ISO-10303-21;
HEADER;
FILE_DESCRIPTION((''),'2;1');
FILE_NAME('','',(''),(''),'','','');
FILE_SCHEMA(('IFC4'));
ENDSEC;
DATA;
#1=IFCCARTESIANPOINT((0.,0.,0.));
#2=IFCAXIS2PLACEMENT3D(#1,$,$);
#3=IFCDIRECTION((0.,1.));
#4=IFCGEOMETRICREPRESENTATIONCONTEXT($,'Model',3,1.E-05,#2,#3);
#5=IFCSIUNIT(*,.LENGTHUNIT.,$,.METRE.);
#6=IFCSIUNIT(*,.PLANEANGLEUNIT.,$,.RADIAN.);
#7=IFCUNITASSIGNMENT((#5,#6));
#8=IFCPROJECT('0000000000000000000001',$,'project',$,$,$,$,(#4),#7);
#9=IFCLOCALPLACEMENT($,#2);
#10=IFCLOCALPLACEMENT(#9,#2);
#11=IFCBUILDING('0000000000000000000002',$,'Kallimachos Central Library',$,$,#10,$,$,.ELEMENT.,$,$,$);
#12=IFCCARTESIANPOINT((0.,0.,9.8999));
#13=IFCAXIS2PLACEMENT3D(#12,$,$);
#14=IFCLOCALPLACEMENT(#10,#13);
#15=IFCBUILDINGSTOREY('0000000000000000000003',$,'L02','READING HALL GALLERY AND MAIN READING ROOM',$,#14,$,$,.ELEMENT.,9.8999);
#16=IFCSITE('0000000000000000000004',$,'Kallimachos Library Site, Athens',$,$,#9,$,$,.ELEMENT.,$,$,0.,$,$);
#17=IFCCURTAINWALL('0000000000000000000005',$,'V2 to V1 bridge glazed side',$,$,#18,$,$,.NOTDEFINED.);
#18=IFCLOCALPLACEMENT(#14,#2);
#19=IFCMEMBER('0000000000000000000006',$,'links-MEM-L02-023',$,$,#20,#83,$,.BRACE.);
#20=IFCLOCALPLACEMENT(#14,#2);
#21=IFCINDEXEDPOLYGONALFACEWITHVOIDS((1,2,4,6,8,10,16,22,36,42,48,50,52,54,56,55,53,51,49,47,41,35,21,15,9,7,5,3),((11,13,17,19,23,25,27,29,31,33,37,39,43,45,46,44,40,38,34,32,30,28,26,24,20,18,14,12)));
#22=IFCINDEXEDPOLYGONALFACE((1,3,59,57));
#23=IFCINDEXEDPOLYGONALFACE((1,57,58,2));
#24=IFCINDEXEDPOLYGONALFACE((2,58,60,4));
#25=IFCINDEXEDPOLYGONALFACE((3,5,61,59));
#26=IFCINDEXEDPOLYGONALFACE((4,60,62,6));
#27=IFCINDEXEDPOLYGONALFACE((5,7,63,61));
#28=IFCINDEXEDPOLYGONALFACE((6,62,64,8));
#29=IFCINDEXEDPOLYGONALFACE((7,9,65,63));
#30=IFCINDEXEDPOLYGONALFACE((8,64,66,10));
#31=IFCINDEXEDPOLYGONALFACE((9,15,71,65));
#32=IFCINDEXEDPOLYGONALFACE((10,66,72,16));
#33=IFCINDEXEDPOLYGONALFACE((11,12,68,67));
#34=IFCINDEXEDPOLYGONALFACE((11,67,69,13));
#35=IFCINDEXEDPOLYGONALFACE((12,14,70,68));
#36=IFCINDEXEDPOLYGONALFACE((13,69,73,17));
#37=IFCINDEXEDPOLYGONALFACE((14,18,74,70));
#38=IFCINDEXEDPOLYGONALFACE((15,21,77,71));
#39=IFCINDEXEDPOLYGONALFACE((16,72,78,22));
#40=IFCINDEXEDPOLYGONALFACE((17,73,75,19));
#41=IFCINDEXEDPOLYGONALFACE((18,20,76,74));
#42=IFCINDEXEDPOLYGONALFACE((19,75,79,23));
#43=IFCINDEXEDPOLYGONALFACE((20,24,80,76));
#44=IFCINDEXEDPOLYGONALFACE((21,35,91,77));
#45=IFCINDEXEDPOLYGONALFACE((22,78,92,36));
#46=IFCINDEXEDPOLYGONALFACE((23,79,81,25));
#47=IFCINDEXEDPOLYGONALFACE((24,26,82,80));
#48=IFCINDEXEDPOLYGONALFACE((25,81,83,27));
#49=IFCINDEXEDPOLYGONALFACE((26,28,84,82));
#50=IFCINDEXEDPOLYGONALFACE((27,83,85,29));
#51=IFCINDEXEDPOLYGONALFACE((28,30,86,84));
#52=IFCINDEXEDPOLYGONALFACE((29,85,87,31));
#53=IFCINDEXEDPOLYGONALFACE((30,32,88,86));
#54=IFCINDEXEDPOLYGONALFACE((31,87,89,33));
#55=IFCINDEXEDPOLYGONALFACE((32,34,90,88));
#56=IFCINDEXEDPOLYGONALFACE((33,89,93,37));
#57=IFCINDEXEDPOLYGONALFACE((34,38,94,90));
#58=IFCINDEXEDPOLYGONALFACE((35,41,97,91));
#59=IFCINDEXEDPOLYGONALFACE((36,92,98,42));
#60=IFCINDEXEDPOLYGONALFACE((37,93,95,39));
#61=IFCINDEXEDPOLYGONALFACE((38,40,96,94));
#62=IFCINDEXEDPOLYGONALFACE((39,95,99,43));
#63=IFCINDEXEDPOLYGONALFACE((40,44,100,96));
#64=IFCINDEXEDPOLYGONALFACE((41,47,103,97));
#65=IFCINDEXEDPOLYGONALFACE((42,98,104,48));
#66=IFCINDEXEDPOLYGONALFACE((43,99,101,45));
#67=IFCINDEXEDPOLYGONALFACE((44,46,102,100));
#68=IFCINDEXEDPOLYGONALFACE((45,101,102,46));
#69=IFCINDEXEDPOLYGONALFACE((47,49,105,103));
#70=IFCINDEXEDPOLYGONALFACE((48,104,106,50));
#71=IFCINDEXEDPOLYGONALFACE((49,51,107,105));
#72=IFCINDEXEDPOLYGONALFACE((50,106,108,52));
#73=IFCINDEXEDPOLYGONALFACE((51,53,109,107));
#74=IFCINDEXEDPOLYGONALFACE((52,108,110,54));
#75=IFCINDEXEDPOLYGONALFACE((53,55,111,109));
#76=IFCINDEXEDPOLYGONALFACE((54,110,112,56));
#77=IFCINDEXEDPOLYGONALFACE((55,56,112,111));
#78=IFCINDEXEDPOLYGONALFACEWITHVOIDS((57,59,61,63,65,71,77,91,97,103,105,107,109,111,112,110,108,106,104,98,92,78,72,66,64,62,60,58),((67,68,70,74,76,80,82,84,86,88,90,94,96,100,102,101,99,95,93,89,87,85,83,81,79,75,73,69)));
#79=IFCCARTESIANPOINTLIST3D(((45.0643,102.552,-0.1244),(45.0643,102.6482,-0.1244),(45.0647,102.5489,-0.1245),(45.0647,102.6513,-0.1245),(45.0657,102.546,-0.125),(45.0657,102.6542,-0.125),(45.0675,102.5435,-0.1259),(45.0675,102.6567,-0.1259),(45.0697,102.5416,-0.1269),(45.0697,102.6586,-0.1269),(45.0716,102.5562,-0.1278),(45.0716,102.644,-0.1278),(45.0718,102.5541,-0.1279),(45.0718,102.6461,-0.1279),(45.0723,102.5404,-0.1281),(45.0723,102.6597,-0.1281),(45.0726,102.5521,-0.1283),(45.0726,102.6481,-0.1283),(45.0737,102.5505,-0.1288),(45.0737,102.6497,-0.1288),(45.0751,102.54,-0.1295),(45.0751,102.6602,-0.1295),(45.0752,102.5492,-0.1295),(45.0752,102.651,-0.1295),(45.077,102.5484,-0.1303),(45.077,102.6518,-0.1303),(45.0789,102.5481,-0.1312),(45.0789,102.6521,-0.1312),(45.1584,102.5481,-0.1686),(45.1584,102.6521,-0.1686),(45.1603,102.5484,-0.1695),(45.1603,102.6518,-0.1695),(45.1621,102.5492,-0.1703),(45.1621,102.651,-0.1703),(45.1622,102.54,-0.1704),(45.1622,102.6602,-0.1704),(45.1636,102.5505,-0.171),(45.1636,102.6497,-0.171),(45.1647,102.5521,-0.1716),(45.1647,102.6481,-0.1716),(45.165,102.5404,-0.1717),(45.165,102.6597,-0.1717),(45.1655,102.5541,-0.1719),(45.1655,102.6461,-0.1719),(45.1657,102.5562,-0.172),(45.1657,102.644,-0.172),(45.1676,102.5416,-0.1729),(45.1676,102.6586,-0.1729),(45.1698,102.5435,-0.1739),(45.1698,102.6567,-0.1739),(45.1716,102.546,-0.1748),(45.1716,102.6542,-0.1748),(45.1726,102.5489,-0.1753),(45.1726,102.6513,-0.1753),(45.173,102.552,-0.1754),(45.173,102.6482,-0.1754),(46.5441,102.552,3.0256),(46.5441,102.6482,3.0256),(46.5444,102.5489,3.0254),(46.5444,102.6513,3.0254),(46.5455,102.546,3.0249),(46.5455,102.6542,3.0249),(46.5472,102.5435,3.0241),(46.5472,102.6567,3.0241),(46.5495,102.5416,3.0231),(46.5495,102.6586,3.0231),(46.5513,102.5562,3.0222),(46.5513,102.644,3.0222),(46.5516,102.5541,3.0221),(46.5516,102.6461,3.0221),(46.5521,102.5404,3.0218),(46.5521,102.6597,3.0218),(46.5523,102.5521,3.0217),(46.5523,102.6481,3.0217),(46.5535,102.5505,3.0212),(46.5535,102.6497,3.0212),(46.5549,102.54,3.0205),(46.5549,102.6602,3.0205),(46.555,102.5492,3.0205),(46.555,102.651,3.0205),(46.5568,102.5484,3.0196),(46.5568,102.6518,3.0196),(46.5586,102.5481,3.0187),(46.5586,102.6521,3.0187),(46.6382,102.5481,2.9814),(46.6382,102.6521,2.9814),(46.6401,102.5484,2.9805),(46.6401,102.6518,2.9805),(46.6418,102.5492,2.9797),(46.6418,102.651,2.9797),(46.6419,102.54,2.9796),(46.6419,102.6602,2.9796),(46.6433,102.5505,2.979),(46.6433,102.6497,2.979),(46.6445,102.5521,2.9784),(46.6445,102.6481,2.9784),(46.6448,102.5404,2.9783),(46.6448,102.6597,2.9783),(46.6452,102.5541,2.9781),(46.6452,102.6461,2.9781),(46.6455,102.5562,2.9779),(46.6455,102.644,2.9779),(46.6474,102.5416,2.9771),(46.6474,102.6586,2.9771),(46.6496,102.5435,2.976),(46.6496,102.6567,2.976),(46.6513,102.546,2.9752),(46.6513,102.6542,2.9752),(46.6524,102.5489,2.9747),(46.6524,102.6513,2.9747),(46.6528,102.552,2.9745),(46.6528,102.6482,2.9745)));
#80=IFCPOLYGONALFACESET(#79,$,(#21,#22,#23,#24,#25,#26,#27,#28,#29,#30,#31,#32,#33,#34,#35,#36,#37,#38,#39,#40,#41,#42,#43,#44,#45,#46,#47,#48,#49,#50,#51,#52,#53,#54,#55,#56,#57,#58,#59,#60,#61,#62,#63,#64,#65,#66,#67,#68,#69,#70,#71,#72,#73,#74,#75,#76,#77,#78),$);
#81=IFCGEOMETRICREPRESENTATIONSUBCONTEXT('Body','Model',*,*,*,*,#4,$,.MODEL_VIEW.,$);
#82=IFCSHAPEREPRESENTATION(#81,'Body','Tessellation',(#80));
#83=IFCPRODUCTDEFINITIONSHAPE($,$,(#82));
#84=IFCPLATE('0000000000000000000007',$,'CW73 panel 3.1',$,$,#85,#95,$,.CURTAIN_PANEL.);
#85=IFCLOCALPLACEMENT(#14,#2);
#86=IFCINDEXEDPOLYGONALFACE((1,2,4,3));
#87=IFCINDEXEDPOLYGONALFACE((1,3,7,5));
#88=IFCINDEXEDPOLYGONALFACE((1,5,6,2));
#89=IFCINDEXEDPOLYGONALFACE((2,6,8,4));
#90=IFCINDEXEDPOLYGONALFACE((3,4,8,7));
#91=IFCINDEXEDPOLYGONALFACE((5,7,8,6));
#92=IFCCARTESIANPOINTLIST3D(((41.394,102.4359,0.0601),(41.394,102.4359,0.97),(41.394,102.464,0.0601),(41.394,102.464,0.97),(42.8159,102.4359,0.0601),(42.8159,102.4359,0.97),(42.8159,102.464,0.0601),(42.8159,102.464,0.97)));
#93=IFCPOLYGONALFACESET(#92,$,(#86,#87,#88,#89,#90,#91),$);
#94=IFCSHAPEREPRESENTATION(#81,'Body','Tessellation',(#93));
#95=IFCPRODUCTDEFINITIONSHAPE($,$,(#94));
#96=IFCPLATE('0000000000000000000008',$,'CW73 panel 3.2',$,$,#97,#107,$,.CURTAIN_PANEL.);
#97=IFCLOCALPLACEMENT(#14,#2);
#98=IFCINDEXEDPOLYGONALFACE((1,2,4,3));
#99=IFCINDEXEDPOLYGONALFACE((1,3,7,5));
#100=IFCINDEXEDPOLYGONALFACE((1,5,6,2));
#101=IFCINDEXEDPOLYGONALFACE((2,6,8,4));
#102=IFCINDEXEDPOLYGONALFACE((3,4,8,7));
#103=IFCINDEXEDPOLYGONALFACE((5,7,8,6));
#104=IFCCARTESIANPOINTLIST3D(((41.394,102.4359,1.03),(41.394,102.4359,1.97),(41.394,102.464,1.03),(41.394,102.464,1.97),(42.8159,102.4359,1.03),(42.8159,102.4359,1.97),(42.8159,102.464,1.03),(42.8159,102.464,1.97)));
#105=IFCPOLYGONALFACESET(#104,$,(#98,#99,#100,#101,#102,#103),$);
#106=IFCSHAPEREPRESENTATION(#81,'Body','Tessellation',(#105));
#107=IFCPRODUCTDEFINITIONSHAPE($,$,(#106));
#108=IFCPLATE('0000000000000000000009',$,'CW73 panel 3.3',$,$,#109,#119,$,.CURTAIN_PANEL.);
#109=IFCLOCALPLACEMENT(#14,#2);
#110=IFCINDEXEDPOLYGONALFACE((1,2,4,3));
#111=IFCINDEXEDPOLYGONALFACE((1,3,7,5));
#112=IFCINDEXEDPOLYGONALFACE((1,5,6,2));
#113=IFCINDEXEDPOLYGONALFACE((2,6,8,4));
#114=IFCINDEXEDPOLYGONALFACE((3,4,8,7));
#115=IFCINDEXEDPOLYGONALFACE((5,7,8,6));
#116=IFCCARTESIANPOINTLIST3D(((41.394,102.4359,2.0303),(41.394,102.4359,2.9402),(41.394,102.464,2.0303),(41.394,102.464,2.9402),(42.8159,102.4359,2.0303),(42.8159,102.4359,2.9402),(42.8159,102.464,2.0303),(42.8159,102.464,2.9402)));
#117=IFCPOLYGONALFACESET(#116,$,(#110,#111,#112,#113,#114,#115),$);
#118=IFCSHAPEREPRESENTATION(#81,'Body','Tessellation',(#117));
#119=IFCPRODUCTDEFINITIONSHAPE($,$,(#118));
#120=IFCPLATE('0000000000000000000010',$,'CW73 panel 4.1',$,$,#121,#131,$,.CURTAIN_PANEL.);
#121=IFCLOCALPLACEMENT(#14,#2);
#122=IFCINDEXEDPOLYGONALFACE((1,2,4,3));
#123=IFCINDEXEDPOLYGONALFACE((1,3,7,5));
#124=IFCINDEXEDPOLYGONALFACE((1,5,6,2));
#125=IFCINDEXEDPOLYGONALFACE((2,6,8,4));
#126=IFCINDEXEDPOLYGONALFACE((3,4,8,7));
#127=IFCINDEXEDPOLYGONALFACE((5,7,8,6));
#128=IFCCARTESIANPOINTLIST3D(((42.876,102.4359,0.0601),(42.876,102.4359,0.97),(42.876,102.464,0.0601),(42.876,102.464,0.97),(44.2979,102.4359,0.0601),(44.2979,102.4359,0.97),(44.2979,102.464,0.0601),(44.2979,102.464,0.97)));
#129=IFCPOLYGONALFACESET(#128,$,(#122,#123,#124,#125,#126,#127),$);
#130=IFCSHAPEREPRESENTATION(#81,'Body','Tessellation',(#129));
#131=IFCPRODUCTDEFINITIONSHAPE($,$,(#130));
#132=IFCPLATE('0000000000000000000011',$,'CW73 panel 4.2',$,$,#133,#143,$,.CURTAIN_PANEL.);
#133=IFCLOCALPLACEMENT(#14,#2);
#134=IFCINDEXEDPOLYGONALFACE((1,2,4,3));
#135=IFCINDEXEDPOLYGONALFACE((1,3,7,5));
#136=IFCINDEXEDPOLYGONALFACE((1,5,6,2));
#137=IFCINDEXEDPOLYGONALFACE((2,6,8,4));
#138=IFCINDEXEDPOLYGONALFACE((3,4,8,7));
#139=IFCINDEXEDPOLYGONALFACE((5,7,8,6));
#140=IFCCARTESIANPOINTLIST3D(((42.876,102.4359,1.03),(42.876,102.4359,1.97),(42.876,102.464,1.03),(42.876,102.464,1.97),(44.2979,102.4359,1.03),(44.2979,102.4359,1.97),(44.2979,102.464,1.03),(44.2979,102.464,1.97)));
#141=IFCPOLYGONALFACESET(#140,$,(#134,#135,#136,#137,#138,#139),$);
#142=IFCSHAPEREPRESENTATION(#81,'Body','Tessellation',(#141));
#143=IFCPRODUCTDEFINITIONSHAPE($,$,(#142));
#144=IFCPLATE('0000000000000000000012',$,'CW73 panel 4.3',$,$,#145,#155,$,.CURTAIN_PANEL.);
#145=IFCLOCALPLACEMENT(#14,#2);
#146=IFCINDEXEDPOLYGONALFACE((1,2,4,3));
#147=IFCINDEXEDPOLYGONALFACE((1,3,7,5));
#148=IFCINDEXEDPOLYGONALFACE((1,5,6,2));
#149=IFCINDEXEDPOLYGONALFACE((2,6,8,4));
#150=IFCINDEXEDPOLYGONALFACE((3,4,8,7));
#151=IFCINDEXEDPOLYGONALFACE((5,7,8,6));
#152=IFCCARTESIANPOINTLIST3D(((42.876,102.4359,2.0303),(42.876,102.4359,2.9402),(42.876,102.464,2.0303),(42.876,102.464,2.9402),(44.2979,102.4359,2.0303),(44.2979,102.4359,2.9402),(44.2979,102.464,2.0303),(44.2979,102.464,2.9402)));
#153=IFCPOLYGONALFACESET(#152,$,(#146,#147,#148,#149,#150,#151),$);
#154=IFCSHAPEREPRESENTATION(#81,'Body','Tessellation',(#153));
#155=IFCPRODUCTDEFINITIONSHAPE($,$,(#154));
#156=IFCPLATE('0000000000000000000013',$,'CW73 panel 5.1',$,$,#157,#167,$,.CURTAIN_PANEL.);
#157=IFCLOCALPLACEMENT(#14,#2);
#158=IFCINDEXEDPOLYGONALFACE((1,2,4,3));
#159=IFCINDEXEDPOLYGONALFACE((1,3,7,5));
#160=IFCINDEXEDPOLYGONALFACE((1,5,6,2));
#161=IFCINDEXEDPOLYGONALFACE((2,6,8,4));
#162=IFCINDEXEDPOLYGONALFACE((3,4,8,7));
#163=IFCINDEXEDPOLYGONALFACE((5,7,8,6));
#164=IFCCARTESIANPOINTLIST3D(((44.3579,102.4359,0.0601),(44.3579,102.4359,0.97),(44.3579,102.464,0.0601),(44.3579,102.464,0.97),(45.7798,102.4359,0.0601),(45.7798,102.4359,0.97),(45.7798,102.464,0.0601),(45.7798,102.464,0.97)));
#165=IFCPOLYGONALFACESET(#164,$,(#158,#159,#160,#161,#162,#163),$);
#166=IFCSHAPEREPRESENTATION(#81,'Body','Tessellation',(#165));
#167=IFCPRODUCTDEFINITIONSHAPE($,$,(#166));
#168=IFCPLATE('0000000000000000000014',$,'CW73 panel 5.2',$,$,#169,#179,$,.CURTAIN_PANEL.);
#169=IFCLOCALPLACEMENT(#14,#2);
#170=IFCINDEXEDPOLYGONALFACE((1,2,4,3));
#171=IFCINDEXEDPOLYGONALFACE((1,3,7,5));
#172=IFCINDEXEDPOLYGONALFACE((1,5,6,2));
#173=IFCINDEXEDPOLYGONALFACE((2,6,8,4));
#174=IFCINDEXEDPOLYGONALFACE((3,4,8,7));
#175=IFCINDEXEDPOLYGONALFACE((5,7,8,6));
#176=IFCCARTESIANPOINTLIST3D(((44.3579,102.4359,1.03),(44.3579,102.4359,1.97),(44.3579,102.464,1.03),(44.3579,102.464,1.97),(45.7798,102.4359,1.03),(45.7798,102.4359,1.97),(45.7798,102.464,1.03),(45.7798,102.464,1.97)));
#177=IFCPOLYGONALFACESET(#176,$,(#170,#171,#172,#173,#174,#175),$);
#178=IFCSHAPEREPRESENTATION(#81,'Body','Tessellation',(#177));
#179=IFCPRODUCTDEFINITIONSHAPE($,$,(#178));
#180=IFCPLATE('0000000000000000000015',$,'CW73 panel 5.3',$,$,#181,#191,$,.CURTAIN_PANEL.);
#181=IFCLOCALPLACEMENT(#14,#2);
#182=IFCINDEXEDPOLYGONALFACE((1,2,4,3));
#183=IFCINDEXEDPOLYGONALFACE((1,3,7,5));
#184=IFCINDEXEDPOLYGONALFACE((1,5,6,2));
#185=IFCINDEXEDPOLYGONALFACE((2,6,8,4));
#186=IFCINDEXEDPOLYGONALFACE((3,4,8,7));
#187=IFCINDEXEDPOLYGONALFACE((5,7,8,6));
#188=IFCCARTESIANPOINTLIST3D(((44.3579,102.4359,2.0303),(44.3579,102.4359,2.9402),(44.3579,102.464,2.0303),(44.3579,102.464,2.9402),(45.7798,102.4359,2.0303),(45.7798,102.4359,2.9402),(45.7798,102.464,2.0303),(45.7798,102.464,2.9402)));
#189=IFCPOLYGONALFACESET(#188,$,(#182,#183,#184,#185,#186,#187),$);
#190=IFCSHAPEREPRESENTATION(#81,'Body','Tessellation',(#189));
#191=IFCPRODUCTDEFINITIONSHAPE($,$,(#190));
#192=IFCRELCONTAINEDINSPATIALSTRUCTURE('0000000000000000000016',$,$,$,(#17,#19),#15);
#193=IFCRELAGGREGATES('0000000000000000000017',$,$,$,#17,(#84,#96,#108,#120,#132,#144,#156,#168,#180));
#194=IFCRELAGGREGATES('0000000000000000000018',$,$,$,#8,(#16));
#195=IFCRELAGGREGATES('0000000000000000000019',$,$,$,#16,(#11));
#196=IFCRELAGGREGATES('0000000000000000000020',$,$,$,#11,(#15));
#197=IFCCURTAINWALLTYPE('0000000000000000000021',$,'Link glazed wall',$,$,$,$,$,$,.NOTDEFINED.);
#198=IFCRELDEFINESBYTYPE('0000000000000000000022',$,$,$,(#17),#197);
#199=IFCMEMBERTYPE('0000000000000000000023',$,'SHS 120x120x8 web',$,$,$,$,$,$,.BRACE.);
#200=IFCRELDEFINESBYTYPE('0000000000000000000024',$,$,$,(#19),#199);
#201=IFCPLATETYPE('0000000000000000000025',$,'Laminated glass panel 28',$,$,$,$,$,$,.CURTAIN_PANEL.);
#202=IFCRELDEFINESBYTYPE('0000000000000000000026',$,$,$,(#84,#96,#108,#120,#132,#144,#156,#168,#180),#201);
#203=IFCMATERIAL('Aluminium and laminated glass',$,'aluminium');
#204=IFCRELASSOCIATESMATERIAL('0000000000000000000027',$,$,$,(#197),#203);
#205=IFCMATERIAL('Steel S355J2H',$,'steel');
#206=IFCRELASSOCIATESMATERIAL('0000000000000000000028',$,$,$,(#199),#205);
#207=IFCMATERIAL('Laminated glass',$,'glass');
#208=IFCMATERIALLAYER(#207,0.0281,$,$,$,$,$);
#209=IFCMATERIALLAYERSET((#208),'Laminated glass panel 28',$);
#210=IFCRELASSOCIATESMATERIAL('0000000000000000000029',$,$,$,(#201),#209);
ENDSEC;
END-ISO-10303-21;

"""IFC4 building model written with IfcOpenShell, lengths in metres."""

from ifc_helpers import new_model, si_unit, direction, frame, origin, origin_2d, place, context, subcontext, project, spatial, rectangle, hollow_rectangle, extrude, material, layer, layer_set, material_profile, profile_set, type_object, element, aggregate, save


model = new_model("IFC4")

# Units and contexts
model_context = context("Model", 3, precision=1e-05, world=origin(), true_north=direction((0.0, 1.0)))
body_context = subcontext(model_context, "Body", "Model", "MODEL_VIEW")
ifc_project = project(units=[si_unit("LENGTHUNIT", "METRE"), si_unit("PLANEANGLEUNIT", "RADIAN")], contexts=[model_context])

# Site, building, storey
site_placement = place(None, origin())
site = spatial("IfcSite", under=ifc_project, at=site_placement, Name="Kallimachos Library Site, Athens", CompositionType="ELEMENT", RefElevation=0.0)
building_placement = place(site_placement, origin())
building = spatial("IfcBuilding", under=site, at=building_placement, Name="Kallimachos Central Library", CompositionType="ELEMENT")
storey_placement = place(building_placement, frame((0.0, 0.0, 9.8999)))
storey = spatial("IfcBuildingStorey", under=building, at=storey_placement, Name="L02", Description="READING HALL GALLERY AND MAIN READING ROOM", CompositionType="ELEMENT", Elevation=9.8999)

# Curtain wall
ifc_material_1 = material(Name="Aluminium and laminated glass", Category="aluminium")
curtain_wall_type = type_object("IfcCurtainWallType", Name="Link glazed wall", PredefinedType="NOTDEFINED", material=ifc_material_1)
curtain_wall_1_placement = place(storey_placement, origin())
curtain_wall_1 = element("IfcCurtainWall", 1, at=curtain_wall_1_placement, inside=storey, type_object=curtain_wall_type, Name="V2 to V1 bridge glazed side", PredefinedType="NOTDEFINED")

# Member
ifc_material_2 = material(Name="Steel S355J2H", Category="steel")
ifc_material_profile_1 = material_profile(ifc_material_2, hollow_rectangle(XDim=0.1201, YDim=0.1201, WallThickness=0.0081, InnerFilletRadius=0.0081, OuterFilletRadius=0.012, at=origin_2d()), Name="SHS 120x120x8")
ifc_profile_set_1 = profile_set([ifc_material_profile_1], Name="Steel S355J2H")
member_type_1 = type_object("IfcMemberType", Name="SHS 120x120x8 web", PredefinedType="BRACE", material=ifc_profile_set_1)
for number, where, z_axis, x_axis, name in (
    (2, (45.1187, 102.6001, -0.1499), (0.425192, 0.0, 0.905103), (0.0, 1.0, 0.0), "links-MEM-L02-023"),
):
    element("IfcMember", number, at=place(storey_placement, frame(where, z_axis=z_axis, x_axis=x_axis)), inside=storey, type_object=member_type_1, Name=name, PredefinedType="BRACE", context=body_context, shape_type="SweptSolid", body=[
        extrude(hollow_rectangle(XDim=0.1201, YDim=0.1201, WallThickness=0.0081, InnerFilletRadius=0.0081, OuterFilletRadius=0.012, at=origin_2d()), origin(), (0.0, 0.0, 1.0), 3.4802),
    ])

# Plates
ifc_material_3 = material(Name="Laminated glass", Category="glass")
ifc_layer = layer(ifc_material_3, 0.0281)
ifc_layer_set = layer_set([ifc_layer], Name="Laminated glass panel 28")
plate_type = type_object("IfcPlateType", Name="Laminated glass panel 28", PredefinedType="CURTAIN_PANEL", material=ifc_layer_set)
plate_1_placement = place(storey_placement, frame((42.105, 102.45, 0.0601), z_axis=(0.0, 0.0, 1.0), x_axis=(1.0, 0.0, 0.0)))
plate_1 = element("IfcPlate", 3, at=plate_1_placement, type_object=plate_type, Name="CW73 panel 3.1", PredefinedType="CURTAIN_PANEL", context=body_context, shape_type="SweptSolid", body=[
    extrude(rectangle(XDim=1.4219, YDim=0.0281, at=origin_2d()), origin(), (0.0, 0.0, 1.0), 0.9099),
])
plate_2_placement = place(storey_placement, frame((42.105, 102.45, 1.03), z_axis=(0.0, 0.0, 1.0), x_axis=(1.0, 0.0, 0.0)))
plate_2 = element("IfcPlate", 4, at=plate_2_placement, type_object=plate_type, Name="CW73 panel 3.2", PredefinedType="CURTAIN_PANEL", context=body_context, shape_type="SweptSolid", body=[
    extrude(rectangle(XDim=1.4219, YDim=0.0281, at=origin_2d()), origin(), (0.0, 0.0, 1.0), 0.9399),
])
plate_3_placement = place(storey_placement, frame((42.105, 102.45, 2.0303), z_axis=(0.0, 0.0, 1.0), x_axis=(1.0, 0.0, 0.0)))
plate_3 = element("IfcPlate", 5, at=plate_3_placement, type_object=plate_type, Name="CW73 panel 3.3", PredefinedType="CURTAIN_PANEL", context=body_context, shape_type="SweptSolid", body=[
    extrude(rectangle(XDim=1.4219, YDim=0.0281, at=origin_2d()), origin(), (0.0, 0.0, 1.0), 0.9099),
])
plate_4_placement = place(storey_placement, frame((43.5869, 102.45, 0.0601), z_axis=(0.0, 0.0, 1.0), x_axis=(1.0, 0.0, 0.0)))
plate_4 = element("IfcPlate", 6, at=plate_4_placement, type_object=plate_type, Name="CW73 panel 4.1", PredefinedType="CURTAIN_PANEL", context=body_context, shape_type="SweptSolid", body=[
    extrude(rectangle(XDim=1.4219, YDim=0.0281, at=origin_2d()), origin(), (0.0, 0.0, 1.0), 0.9099),
])
plate_5_placement = place(storey_placement, frame((43.5869, 102.45, 1.03), z_axis=(0.0, 0.0, 1.0), x_axis=(1.0, 0.0, 0.0)))
plate_5 = element("IfcPlate", 7, at=plate_5_placement, type_object=plate_type, Name="CW73 panel 4.2", PredefinedType="CURTAIN_PANEL", context=body_context, shape_type="SweptSolid", body=[
    extrude(rectangle(XDim=1.4219, YDim=0.0281, at=origin_2d()), origin(), (0.0, 0.0, 1.0), 0.9399),
])
plate_6_placement = place(storey_placement, frame((43.5869, 102.45, 2.0303), z_axis=(0.0, 0.0, 1.0), x_axis=(1.0, 0.0, 0.0)))
plate_6 = element("IfcPlate", 8, at=plate_6_placement, type_object=plate_type, Name="CW73 panel 4.3", PredefinedType="CURTAIN_PANEL", context=body_context, shape_type="SweptSolid", body=[
    extrude(rectangle(XDim=1.4219, YDim=0.0281, at=origin_2d()), origin(), (0.0, 0.0, 1.0), 0.9099),
])
plate_7_placement = place(storey_placement, frame((45.0688, 102.45, 0.0601), z_axis=(0.0, 0.0, 1.0), x_axis=(1.0, 0.0, 0.0)))
plate_7 = element("IfcPlate", 9, at=plate_7_placement, type_object=plate_type, Name="CW73 panel 5.1", PredefinedType="CURTAIN_PANEL", context=body_context, shape_type="SweptSolid", body=[
    extrude(rectangle(XDim=1.4219, YDim=0.0281, at=origin_2d()), origin(), (0.0, 0.0, 1.0), 0.9099),
])
plate_8_placement = place(storey_placement, frame((45.0688, 102.45, 1.03), z_axis=(0.0, 0.0, 1.0), x_axis=(1.0, 0.0, 0.0)))
plate_8 = element("IfcPlate", 10, at=plate_8_placement, type_object=plate_type, Name="CW73 panel 5.2", PredefinedType="CURTAIN_PANEL", context=body_context, shape_type="SweptSolid", body=[
    extrude(rectangle(XDim=1.4219, YDim=0.0281, at=origin_2d()), origin(), (0.0, 0.0, 1.0), 0.9399),
])
plate_9_placement = place(storey_placement, frame((45.0688, 102.45, 2.0303), z_axis=(0.0, 0.0, 1.0), x_axis=(1.0, 0.0, 0.0)))
plate_9 = element("IfcPlate", 11, at=plate_9_placement, type_object=plate_type, Name="CW73 panel 5.3", PredefinedType="CURTAIN_PANEL", context=body_context, shape_type="SweptSolid", body=[
    extrude(rectangle(XDim=1.4219, YDim=0.0281, at=origin_2d()), origin(), (0.0, 0.0, 1.0), 0.9099),
])
aggregate(curtain_wall_1, [plate_1, plate_2, plate_3, plate_4, plate_5, plate_6, plate_7, plate_8, plate_9])

save(model, "model.ifc")
